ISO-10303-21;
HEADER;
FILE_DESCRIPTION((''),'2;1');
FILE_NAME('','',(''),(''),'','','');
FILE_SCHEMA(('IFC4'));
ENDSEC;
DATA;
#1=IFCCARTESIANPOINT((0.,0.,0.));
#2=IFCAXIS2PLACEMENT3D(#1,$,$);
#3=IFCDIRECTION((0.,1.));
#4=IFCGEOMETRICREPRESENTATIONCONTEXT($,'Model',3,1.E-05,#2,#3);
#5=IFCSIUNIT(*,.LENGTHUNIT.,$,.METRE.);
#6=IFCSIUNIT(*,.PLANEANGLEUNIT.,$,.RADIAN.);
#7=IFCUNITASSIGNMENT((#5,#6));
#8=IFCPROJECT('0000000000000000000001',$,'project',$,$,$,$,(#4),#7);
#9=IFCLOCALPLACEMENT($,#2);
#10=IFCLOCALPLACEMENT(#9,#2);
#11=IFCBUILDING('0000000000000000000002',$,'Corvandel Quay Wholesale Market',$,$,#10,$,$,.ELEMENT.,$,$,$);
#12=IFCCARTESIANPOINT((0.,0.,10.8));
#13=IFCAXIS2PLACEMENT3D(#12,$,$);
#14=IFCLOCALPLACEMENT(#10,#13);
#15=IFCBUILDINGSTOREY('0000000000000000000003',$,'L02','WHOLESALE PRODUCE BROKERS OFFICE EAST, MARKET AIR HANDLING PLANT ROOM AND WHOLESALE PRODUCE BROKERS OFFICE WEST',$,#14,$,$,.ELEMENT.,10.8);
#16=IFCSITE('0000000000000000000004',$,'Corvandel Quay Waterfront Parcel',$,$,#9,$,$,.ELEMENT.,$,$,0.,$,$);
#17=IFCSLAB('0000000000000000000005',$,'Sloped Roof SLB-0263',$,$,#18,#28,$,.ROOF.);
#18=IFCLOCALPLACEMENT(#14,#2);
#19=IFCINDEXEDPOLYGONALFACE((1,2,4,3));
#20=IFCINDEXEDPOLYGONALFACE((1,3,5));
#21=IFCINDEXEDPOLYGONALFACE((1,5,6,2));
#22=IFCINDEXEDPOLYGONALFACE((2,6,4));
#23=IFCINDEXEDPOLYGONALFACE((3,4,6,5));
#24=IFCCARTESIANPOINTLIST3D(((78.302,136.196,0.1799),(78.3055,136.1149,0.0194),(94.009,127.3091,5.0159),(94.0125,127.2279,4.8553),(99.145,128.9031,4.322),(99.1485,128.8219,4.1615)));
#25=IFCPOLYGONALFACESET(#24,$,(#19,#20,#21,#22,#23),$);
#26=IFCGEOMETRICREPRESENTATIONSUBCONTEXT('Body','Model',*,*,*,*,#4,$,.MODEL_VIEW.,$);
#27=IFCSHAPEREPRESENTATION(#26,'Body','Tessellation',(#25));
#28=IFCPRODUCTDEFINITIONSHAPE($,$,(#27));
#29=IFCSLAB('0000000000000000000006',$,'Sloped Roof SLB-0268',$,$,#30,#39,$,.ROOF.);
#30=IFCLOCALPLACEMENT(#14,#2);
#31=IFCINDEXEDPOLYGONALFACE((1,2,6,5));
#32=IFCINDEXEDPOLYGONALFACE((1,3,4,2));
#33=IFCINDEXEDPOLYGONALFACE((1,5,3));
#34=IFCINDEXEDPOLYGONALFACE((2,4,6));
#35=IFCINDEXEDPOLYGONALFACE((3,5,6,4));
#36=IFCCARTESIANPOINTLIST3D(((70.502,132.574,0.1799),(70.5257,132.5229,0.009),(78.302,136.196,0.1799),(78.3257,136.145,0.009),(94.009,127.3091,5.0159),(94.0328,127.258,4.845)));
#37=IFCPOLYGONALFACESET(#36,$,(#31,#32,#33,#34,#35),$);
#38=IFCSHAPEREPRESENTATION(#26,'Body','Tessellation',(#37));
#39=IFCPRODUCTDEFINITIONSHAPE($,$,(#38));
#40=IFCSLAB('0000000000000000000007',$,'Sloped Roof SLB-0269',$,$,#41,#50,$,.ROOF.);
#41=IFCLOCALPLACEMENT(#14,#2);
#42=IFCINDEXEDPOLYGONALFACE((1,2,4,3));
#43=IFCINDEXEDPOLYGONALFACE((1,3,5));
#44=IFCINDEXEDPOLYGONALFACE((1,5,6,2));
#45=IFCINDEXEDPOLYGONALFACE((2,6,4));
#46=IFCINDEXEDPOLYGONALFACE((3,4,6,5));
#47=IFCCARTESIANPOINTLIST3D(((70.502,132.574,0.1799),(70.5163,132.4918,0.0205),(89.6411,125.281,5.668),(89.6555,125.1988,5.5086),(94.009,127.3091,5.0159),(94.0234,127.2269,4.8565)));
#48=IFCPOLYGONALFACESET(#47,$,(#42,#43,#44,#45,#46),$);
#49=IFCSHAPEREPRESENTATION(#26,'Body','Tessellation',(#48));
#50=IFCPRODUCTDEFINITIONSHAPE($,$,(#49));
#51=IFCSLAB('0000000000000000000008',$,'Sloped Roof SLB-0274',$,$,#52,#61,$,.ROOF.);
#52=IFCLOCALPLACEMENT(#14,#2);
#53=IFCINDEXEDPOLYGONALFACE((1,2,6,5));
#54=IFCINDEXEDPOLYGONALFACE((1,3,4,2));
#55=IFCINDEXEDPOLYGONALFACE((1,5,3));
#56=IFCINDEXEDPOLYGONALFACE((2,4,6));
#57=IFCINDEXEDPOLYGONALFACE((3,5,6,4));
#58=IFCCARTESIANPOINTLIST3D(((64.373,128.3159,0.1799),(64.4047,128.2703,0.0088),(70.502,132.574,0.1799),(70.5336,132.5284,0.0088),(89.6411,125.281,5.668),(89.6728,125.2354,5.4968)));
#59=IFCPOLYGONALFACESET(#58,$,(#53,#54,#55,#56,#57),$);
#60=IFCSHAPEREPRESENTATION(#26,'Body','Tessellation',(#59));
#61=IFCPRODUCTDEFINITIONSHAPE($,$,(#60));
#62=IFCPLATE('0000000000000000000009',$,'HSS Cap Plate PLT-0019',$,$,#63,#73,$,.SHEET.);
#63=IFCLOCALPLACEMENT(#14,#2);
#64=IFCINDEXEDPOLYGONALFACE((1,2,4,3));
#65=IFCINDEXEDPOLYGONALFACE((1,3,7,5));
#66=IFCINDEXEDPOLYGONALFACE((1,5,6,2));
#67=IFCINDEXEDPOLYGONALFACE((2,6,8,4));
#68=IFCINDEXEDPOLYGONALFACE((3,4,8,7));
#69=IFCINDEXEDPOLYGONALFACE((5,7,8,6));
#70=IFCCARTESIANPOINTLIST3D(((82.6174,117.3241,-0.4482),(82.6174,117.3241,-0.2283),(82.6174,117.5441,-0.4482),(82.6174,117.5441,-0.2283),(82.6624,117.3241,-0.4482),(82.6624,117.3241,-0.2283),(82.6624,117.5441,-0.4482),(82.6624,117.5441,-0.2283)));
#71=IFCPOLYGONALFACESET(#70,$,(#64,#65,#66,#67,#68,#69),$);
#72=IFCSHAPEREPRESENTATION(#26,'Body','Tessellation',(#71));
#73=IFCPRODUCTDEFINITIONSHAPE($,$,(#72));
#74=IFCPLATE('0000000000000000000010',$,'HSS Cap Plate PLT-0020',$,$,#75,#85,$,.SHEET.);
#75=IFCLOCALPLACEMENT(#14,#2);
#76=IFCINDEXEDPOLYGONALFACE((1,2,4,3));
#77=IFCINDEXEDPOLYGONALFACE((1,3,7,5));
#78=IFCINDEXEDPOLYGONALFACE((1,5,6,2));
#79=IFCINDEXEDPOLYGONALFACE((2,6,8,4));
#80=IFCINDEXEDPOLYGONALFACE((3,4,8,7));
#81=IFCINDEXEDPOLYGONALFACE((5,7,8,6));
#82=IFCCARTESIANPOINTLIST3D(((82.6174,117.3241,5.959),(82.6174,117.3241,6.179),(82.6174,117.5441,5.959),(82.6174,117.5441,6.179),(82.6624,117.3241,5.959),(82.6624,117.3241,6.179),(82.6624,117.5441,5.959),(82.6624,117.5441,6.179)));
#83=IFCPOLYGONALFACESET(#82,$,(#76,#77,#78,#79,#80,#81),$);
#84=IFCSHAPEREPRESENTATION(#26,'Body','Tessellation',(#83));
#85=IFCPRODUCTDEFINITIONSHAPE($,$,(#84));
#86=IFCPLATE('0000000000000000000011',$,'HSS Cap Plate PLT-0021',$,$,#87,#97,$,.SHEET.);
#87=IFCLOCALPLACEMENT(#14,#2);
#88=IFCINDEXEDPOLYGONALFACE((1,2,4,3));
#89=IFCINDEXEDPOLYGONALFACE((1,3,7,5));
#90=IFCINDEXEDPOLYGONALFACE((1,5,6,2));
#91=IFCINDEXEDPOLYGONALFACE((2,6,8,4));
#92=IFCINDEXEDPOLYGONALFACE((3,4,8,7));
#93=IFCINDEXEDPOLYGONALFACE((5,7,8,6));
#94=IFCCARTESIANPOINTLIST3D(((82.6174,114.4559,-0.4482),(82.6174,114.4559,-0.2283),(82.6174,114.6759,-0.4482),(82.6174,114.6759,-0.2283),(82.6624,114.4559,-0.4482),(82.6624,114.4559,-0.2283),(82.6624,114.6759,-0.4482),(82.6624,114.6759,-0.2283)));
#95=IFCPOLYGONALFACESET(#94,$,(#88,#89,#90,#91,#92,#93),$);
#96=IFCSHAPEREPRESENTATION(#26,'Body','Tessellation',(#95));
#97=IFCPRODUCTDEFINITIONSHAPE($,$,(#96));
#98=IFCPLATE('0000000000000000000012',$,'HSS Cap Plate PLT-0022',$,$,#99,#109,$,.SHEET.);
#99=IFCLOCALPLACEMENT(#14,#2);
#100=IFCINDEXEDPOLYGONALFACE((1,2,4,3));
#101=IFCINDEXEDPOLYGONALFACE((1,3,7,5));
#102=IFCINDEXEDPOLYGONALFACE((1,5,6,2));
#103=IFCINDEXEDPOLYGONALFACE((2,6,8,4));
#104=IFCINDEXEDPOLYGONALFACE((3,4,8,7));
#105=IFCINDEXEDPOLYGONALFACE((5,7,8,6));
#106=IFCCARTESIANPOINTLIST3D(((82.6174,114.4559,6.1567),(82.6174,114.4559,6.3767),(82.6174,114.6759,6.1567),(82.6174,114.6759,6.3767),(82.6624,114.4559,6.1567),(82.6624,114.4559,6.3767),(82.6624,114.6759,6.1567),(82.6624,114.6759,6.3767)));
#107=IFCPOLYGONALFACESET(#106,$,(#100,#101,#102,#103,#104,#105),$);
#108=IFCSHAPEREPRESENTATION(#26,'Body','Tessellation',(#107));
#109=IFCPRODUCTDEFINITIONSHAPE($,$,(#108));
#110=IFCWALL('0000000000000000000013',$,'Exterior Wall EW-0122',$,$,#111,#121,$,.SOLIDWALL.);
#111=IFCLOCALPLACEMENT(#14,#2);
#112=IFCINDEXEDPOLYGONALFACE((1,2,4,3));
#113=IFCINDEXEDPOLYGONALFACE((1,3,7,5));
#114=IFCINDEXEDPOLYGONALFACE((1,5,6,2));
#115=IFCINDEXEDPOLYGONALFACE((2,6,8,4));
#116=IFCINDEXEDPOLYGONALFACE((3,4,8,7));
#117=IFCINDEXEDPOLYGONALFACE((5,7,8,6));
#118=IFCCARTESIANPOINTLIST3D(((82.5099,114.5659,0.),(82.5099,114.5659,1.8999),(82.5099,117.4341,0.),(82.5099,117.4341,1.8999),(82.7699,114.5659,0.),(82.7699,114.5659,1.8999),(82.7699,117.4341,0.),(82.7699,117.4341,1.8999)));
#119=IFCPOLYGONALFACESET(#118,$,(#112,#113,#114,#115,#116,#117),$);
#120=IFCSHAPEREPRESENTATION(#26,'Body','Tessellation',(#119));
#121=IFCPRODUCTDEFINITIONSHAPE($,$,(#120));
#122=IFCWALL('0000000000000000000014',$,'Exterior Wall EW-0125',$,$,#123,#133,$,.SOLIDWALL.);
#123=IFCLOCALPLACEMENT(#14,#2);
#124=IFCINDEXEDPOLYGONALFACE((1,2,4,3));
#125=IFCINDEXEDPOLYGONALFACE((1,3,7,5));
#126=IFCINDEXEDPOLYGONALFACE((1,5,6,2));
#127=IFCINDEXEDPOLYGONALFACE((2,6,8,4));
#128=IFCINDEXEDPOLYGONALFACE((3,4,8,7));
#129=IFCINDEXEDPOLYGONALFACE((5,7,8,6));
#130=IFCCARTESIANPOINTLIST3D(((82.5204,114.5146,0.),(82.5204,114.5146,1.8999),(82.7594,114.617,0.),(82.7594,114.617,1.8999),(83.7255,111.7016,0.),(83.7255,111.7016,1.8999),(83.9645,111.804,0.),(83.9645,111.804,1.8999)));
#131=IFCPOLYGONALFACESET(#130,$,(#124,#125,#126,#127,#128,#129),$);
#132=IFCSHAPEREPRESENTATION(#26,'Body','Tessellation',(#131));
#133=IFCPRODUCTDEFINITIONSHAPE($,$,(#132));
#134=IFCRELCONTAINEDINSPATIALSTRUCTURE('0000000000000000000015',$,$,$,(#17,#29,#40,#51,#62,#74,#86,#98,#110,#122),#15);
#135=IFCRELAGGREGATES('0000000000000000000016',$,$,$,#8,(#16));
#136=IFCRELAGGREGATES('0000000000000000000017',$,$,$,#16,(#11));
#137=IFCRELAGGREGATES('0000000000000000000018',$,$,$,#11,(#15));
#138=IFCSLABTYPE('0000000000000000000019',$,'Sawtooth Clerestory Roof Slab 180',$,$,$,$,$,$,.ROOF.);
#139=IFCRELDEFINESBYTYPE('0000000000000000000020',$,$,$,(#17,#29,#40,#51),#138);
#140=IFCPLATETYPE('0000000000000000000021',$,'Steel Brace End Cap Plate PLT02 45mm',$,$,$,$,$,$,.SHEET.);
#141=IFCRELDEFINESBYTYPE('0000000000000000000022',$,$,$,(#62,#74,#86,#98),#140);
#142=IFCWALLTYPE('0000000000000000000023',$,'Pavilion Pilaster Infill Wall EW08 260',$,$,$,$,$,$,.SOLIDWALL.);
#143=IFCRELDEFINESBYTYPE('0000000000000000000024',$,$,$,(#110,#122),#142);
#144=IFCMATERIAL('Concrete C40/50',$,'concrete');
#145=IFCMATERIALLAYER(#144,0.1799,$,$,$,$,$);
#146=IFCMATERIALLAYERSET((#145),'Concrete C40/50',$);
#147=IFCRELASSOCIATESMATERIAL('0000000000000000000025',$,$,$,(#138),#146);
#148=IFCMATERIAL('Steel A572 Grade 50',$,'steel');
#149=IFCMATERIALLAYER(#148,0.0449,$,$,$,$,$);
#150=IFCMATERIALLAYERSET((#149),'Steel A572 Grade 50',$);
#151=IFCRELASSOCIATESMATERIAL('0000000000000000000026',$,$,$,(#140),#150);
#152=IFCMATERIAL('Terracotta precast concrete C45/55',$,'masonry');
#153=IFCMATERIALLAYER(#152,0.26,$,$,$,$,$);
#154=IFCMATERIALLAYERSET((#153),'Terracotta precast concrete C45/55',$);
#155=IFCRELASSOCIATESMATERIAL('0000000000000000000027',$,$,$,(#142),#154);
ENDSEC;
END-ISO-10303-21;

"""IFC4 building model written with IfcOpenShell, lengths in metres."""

from ifc_helpers import new_model, si_unit, direction, frame, frame_2d, origin, origin_2d, place, context, subcontext, project, spatial, polyline, rectangle, outline, extrude, material, layer, layer_set, type_object, element, save


model = new_model("IFC4")

# Units and contexts
model_context = context("Model", 3, precision=1e-05, world=origin(), true_north=direction((0.0, 1.0)))
body_context = subcontext(model_context, "Body", "Model", "MODEL_VIEW")
ifc_project = project(units=[si_unit("LENGTHUNIT", "METRE"), si_unit("PLANEANGLEUNIT", "RADIAN")], contexts=[model_context])

# Site, building, storey
site_placement = place(None, origin())
site = spatial("IfcSite", under=ifc_project, at=site_placement, Name="Corvandel Quay Waterfront Parcel", CompositionType="ELEMENT", RefElevation=0.0)
building_placement = place(site_placement, origin())
building = spatial("IfcBuilding", under=site, at=building_placement, Name="Corvandel Quay Wholesale Market", CompositionType="ELEMENT")
storey_placement = place(building_placement, frame((0.0, 0.0, 10.8)))
storey = spatial("IfcBuildingStorey", under=building, at=storey_placement, Name="L02", Description="WHOLESALE PRODUCE BROKERS OFFICE EAST, MARKET AIR HANDLING PLANT ROOM AND WHOLESALE PRODUCE BROKERS OFFICE WEST", CompositionType="ELEMENT", Elevation=10.8)

# Slabs
ifc_material_1 = material(Name="Concrete C40/50", Category="concrete")
ifc_layer_1 = layer(ifc_material_1, 0.1799)
ifc_layer_set_1 = layer_set([ifc_layer_1], Name="Concrete C40/50")
slab_type = type_object("IfcSlabType", Name="Sawtooth Clerestory Roof Slab 180", PredefinedType="ROOF", material=ifc_layer_set_1)
slab_1_placement = place(storey_placement, frame((78.302, 136.196, 0.1799), z_axis=(-0.019469, 0.451118, 0.892252), x_axis=(0.840688, -0.475657, 0.258834)))
element("IfcSlab", 1, at=slab_1_placement, inside=storey, type_object=slab_type, Name="Sloped Roof SLB-0263", PredefinedType="ROOF", context=body_context, shape_type="SweptSolid", body=[
    extrude(outline(polyline([(0.0, 0.0), (18.6836, 0.0), (22.0635, 4.2399), (0.0, 0.0)])), origin(), (0.0, 0.0, -1.0), 0.1799),
])
slab_2_placement = place(storey_placement, frame((78.302, 136.196, 0.1799), z_axis=(-0.131813, 0.283856, 0.949764), x_axis=(-0.906981, -0.421171, 0.0)))
element("IfcSlab", 2, at=slab_2_placement, inside=storey, type_object=slab_type, Name="Sloped Roof SLB-0268", PredefinedType="ROOF", context=body_context, shape_type="SweptSolid", body=[
    extrude(outline(polyline([(0.0, 0.0), (8.6, 0.0), (-10.5031, 15.4519), (0.0, 0.0)])), origin(), (0.0, 0.0, -1.0), 0.1799),
])
slab_3_placement = place(storey_placement, frame((70.502, 132.574, 0.1799), z_axis=(-0.079907, 0.456946, 0.885898), x_axis=(0.902616, -0.343942, 0.25882)))
element("IfcSlab", 3, at=slab_3_placement, inside=storey, type_object=slab_type, Name="Sloped Roof SLB-0269", PredefinedType="ROOF", context=body_context, shape_type="SweptSolid", body=[
    extrude(outline(polyline([(0.0, 0.0), (21.2041, 0.0), (24.2803, 3.7622), (0.0, 0.0)])), origin(), (0.0, 0.0, -1.0), 0.1799),
])
slab_4_placement = place(storey_placement, frame((70.502, 132.574, 0.1799), z_axis=(-0.176134, 0.253522, 0.951159), x_axis=(-0.821252, -0.570565, 0.0)))
element("IfcSlab", 4, at=slab_4_placement, inside=storey, type_object=slab_type, Name="Sloped Roof SLB-0274", PredefinedType="ROOF", context=body_context, shape_type="SweptSolid", body=[
    extrude(outline(polyline([(0.0, 0.0), (7.4629, 0.0), (-11.557, 17.7778), (0.0, 0.0)])), origin(), (0.0, 0.0, -1.0), 0.1799),
])

# Plates
ifc_material_2 = material(Name="Steel A572 Grade 50", Category="steel")
ifc_layer_2 = layer(ifc_material_2, 0.0449)
ifc_layer_set_2 = layer_set([ifc_layer_2], Name="Steel A572 Grade 50")
plate_type = type_object("IfcPlateType", Name="Steel Brace End Cap Plate PLT02 45mm", PredefinedType="SHEET", material=ifc_layer_set_2)
for number, where, z_axis, x_axis, name in (
    (5, (82.6399, 117.4341, -0.4482), (0.0, 0.0, 1.0), (0.0, 1.0, 0.0), "HSS Cap Plate PLT-0019"),
    (6, (82.6399, 117.4341, 5.959), (0.0, 0.0, 1.0), (0.0, 1.0, 0.0), "HSS Cap Plate PLT-0020"),
    (7, (82.6399, 114.5659, -0.4482), (0.0, 0.0, 1.0), (0.0, 1.0, 0.0), "HSS Cap Plate PLT-0021"),
    (8, (82.6399, 114.5659, 6.1567), (0.0, 0.0, 1.0), (0.0, 1.0, 0.0), "HSS Cap Plate PLT-0022"),
):
    element("IfcPlate", number, at=place(storey_placement, frame(where, z_axis=z_axis, x_axis=x_axis)), inside=storey, type_object=plate_type, Name=name, PredefinedType="SHEET", context=body_context, shape_type="SweptSolid", body=[
        extrude(rectangle(XDim=0.22, YDim=0.0449, at=origin_2d()), origin(), (0.0, 0.0, 1.0), 0.22),
    ])

# Walls
ifc_material_3 = material(Name="Terracotta precast concrete C45/55", Category="masonry")
ifc_layer_3 = layer(ifc_material_3, 0.26)
ifc_layer_set_3 = layer_set([ifc_layer_3], Name="Terracotta precast concrete C45/55")
wall_type = type_object("IfcWallType", Name="Pavilion Pilaster Infill Wall EW08 260", PredefinedType="SOLIDWALL", material=ifc_layer_set_3)
wall_1_placement = place(storey_placement, frame((82.6399, 117.4341, 0.0), z_axis=(0.0, 0.0, 1.0), x_axis=(0.0, -1.0, 0.0)))
element("IfcWall", 9, at=wall_1_placement, inside=storey, type_object=wall_type, Name="Exterior Wall EW-0122", PredefinedType="SOLIDWALL", context=body_context, shape_type="SweptSolid", body=[
    extrude(rectangle(XDim=2.8682, YDim=0.26, at=frame_2d((1.4341, 0.0))), origin(), (0.0, 0.0, 1.0), 1.8999),
])
wall_2_placement = place(storey_placement, frame((82.6399, 114.5659, 0.0), z_axis=(0.0, 0.0, 1.0), x_axis=(0.393784, -0.919203, 0.0)))
element("IfcWall", 10, at=wall_2_placement, inside=storey, type_object=wall_type, Name="Exterior Wall EW-0125", PredefinedType="SOLIDWALL", context=body_context, shape_type="SweptSolid", body=[
    extrude(rectangle(XDim=3.0603, YDim=0.26, at=frame_2d((1.5303, 0.0))), origin(), (0.0, 0.0, 1.0), 1.8999),
])

save(model, "model.ifc")
